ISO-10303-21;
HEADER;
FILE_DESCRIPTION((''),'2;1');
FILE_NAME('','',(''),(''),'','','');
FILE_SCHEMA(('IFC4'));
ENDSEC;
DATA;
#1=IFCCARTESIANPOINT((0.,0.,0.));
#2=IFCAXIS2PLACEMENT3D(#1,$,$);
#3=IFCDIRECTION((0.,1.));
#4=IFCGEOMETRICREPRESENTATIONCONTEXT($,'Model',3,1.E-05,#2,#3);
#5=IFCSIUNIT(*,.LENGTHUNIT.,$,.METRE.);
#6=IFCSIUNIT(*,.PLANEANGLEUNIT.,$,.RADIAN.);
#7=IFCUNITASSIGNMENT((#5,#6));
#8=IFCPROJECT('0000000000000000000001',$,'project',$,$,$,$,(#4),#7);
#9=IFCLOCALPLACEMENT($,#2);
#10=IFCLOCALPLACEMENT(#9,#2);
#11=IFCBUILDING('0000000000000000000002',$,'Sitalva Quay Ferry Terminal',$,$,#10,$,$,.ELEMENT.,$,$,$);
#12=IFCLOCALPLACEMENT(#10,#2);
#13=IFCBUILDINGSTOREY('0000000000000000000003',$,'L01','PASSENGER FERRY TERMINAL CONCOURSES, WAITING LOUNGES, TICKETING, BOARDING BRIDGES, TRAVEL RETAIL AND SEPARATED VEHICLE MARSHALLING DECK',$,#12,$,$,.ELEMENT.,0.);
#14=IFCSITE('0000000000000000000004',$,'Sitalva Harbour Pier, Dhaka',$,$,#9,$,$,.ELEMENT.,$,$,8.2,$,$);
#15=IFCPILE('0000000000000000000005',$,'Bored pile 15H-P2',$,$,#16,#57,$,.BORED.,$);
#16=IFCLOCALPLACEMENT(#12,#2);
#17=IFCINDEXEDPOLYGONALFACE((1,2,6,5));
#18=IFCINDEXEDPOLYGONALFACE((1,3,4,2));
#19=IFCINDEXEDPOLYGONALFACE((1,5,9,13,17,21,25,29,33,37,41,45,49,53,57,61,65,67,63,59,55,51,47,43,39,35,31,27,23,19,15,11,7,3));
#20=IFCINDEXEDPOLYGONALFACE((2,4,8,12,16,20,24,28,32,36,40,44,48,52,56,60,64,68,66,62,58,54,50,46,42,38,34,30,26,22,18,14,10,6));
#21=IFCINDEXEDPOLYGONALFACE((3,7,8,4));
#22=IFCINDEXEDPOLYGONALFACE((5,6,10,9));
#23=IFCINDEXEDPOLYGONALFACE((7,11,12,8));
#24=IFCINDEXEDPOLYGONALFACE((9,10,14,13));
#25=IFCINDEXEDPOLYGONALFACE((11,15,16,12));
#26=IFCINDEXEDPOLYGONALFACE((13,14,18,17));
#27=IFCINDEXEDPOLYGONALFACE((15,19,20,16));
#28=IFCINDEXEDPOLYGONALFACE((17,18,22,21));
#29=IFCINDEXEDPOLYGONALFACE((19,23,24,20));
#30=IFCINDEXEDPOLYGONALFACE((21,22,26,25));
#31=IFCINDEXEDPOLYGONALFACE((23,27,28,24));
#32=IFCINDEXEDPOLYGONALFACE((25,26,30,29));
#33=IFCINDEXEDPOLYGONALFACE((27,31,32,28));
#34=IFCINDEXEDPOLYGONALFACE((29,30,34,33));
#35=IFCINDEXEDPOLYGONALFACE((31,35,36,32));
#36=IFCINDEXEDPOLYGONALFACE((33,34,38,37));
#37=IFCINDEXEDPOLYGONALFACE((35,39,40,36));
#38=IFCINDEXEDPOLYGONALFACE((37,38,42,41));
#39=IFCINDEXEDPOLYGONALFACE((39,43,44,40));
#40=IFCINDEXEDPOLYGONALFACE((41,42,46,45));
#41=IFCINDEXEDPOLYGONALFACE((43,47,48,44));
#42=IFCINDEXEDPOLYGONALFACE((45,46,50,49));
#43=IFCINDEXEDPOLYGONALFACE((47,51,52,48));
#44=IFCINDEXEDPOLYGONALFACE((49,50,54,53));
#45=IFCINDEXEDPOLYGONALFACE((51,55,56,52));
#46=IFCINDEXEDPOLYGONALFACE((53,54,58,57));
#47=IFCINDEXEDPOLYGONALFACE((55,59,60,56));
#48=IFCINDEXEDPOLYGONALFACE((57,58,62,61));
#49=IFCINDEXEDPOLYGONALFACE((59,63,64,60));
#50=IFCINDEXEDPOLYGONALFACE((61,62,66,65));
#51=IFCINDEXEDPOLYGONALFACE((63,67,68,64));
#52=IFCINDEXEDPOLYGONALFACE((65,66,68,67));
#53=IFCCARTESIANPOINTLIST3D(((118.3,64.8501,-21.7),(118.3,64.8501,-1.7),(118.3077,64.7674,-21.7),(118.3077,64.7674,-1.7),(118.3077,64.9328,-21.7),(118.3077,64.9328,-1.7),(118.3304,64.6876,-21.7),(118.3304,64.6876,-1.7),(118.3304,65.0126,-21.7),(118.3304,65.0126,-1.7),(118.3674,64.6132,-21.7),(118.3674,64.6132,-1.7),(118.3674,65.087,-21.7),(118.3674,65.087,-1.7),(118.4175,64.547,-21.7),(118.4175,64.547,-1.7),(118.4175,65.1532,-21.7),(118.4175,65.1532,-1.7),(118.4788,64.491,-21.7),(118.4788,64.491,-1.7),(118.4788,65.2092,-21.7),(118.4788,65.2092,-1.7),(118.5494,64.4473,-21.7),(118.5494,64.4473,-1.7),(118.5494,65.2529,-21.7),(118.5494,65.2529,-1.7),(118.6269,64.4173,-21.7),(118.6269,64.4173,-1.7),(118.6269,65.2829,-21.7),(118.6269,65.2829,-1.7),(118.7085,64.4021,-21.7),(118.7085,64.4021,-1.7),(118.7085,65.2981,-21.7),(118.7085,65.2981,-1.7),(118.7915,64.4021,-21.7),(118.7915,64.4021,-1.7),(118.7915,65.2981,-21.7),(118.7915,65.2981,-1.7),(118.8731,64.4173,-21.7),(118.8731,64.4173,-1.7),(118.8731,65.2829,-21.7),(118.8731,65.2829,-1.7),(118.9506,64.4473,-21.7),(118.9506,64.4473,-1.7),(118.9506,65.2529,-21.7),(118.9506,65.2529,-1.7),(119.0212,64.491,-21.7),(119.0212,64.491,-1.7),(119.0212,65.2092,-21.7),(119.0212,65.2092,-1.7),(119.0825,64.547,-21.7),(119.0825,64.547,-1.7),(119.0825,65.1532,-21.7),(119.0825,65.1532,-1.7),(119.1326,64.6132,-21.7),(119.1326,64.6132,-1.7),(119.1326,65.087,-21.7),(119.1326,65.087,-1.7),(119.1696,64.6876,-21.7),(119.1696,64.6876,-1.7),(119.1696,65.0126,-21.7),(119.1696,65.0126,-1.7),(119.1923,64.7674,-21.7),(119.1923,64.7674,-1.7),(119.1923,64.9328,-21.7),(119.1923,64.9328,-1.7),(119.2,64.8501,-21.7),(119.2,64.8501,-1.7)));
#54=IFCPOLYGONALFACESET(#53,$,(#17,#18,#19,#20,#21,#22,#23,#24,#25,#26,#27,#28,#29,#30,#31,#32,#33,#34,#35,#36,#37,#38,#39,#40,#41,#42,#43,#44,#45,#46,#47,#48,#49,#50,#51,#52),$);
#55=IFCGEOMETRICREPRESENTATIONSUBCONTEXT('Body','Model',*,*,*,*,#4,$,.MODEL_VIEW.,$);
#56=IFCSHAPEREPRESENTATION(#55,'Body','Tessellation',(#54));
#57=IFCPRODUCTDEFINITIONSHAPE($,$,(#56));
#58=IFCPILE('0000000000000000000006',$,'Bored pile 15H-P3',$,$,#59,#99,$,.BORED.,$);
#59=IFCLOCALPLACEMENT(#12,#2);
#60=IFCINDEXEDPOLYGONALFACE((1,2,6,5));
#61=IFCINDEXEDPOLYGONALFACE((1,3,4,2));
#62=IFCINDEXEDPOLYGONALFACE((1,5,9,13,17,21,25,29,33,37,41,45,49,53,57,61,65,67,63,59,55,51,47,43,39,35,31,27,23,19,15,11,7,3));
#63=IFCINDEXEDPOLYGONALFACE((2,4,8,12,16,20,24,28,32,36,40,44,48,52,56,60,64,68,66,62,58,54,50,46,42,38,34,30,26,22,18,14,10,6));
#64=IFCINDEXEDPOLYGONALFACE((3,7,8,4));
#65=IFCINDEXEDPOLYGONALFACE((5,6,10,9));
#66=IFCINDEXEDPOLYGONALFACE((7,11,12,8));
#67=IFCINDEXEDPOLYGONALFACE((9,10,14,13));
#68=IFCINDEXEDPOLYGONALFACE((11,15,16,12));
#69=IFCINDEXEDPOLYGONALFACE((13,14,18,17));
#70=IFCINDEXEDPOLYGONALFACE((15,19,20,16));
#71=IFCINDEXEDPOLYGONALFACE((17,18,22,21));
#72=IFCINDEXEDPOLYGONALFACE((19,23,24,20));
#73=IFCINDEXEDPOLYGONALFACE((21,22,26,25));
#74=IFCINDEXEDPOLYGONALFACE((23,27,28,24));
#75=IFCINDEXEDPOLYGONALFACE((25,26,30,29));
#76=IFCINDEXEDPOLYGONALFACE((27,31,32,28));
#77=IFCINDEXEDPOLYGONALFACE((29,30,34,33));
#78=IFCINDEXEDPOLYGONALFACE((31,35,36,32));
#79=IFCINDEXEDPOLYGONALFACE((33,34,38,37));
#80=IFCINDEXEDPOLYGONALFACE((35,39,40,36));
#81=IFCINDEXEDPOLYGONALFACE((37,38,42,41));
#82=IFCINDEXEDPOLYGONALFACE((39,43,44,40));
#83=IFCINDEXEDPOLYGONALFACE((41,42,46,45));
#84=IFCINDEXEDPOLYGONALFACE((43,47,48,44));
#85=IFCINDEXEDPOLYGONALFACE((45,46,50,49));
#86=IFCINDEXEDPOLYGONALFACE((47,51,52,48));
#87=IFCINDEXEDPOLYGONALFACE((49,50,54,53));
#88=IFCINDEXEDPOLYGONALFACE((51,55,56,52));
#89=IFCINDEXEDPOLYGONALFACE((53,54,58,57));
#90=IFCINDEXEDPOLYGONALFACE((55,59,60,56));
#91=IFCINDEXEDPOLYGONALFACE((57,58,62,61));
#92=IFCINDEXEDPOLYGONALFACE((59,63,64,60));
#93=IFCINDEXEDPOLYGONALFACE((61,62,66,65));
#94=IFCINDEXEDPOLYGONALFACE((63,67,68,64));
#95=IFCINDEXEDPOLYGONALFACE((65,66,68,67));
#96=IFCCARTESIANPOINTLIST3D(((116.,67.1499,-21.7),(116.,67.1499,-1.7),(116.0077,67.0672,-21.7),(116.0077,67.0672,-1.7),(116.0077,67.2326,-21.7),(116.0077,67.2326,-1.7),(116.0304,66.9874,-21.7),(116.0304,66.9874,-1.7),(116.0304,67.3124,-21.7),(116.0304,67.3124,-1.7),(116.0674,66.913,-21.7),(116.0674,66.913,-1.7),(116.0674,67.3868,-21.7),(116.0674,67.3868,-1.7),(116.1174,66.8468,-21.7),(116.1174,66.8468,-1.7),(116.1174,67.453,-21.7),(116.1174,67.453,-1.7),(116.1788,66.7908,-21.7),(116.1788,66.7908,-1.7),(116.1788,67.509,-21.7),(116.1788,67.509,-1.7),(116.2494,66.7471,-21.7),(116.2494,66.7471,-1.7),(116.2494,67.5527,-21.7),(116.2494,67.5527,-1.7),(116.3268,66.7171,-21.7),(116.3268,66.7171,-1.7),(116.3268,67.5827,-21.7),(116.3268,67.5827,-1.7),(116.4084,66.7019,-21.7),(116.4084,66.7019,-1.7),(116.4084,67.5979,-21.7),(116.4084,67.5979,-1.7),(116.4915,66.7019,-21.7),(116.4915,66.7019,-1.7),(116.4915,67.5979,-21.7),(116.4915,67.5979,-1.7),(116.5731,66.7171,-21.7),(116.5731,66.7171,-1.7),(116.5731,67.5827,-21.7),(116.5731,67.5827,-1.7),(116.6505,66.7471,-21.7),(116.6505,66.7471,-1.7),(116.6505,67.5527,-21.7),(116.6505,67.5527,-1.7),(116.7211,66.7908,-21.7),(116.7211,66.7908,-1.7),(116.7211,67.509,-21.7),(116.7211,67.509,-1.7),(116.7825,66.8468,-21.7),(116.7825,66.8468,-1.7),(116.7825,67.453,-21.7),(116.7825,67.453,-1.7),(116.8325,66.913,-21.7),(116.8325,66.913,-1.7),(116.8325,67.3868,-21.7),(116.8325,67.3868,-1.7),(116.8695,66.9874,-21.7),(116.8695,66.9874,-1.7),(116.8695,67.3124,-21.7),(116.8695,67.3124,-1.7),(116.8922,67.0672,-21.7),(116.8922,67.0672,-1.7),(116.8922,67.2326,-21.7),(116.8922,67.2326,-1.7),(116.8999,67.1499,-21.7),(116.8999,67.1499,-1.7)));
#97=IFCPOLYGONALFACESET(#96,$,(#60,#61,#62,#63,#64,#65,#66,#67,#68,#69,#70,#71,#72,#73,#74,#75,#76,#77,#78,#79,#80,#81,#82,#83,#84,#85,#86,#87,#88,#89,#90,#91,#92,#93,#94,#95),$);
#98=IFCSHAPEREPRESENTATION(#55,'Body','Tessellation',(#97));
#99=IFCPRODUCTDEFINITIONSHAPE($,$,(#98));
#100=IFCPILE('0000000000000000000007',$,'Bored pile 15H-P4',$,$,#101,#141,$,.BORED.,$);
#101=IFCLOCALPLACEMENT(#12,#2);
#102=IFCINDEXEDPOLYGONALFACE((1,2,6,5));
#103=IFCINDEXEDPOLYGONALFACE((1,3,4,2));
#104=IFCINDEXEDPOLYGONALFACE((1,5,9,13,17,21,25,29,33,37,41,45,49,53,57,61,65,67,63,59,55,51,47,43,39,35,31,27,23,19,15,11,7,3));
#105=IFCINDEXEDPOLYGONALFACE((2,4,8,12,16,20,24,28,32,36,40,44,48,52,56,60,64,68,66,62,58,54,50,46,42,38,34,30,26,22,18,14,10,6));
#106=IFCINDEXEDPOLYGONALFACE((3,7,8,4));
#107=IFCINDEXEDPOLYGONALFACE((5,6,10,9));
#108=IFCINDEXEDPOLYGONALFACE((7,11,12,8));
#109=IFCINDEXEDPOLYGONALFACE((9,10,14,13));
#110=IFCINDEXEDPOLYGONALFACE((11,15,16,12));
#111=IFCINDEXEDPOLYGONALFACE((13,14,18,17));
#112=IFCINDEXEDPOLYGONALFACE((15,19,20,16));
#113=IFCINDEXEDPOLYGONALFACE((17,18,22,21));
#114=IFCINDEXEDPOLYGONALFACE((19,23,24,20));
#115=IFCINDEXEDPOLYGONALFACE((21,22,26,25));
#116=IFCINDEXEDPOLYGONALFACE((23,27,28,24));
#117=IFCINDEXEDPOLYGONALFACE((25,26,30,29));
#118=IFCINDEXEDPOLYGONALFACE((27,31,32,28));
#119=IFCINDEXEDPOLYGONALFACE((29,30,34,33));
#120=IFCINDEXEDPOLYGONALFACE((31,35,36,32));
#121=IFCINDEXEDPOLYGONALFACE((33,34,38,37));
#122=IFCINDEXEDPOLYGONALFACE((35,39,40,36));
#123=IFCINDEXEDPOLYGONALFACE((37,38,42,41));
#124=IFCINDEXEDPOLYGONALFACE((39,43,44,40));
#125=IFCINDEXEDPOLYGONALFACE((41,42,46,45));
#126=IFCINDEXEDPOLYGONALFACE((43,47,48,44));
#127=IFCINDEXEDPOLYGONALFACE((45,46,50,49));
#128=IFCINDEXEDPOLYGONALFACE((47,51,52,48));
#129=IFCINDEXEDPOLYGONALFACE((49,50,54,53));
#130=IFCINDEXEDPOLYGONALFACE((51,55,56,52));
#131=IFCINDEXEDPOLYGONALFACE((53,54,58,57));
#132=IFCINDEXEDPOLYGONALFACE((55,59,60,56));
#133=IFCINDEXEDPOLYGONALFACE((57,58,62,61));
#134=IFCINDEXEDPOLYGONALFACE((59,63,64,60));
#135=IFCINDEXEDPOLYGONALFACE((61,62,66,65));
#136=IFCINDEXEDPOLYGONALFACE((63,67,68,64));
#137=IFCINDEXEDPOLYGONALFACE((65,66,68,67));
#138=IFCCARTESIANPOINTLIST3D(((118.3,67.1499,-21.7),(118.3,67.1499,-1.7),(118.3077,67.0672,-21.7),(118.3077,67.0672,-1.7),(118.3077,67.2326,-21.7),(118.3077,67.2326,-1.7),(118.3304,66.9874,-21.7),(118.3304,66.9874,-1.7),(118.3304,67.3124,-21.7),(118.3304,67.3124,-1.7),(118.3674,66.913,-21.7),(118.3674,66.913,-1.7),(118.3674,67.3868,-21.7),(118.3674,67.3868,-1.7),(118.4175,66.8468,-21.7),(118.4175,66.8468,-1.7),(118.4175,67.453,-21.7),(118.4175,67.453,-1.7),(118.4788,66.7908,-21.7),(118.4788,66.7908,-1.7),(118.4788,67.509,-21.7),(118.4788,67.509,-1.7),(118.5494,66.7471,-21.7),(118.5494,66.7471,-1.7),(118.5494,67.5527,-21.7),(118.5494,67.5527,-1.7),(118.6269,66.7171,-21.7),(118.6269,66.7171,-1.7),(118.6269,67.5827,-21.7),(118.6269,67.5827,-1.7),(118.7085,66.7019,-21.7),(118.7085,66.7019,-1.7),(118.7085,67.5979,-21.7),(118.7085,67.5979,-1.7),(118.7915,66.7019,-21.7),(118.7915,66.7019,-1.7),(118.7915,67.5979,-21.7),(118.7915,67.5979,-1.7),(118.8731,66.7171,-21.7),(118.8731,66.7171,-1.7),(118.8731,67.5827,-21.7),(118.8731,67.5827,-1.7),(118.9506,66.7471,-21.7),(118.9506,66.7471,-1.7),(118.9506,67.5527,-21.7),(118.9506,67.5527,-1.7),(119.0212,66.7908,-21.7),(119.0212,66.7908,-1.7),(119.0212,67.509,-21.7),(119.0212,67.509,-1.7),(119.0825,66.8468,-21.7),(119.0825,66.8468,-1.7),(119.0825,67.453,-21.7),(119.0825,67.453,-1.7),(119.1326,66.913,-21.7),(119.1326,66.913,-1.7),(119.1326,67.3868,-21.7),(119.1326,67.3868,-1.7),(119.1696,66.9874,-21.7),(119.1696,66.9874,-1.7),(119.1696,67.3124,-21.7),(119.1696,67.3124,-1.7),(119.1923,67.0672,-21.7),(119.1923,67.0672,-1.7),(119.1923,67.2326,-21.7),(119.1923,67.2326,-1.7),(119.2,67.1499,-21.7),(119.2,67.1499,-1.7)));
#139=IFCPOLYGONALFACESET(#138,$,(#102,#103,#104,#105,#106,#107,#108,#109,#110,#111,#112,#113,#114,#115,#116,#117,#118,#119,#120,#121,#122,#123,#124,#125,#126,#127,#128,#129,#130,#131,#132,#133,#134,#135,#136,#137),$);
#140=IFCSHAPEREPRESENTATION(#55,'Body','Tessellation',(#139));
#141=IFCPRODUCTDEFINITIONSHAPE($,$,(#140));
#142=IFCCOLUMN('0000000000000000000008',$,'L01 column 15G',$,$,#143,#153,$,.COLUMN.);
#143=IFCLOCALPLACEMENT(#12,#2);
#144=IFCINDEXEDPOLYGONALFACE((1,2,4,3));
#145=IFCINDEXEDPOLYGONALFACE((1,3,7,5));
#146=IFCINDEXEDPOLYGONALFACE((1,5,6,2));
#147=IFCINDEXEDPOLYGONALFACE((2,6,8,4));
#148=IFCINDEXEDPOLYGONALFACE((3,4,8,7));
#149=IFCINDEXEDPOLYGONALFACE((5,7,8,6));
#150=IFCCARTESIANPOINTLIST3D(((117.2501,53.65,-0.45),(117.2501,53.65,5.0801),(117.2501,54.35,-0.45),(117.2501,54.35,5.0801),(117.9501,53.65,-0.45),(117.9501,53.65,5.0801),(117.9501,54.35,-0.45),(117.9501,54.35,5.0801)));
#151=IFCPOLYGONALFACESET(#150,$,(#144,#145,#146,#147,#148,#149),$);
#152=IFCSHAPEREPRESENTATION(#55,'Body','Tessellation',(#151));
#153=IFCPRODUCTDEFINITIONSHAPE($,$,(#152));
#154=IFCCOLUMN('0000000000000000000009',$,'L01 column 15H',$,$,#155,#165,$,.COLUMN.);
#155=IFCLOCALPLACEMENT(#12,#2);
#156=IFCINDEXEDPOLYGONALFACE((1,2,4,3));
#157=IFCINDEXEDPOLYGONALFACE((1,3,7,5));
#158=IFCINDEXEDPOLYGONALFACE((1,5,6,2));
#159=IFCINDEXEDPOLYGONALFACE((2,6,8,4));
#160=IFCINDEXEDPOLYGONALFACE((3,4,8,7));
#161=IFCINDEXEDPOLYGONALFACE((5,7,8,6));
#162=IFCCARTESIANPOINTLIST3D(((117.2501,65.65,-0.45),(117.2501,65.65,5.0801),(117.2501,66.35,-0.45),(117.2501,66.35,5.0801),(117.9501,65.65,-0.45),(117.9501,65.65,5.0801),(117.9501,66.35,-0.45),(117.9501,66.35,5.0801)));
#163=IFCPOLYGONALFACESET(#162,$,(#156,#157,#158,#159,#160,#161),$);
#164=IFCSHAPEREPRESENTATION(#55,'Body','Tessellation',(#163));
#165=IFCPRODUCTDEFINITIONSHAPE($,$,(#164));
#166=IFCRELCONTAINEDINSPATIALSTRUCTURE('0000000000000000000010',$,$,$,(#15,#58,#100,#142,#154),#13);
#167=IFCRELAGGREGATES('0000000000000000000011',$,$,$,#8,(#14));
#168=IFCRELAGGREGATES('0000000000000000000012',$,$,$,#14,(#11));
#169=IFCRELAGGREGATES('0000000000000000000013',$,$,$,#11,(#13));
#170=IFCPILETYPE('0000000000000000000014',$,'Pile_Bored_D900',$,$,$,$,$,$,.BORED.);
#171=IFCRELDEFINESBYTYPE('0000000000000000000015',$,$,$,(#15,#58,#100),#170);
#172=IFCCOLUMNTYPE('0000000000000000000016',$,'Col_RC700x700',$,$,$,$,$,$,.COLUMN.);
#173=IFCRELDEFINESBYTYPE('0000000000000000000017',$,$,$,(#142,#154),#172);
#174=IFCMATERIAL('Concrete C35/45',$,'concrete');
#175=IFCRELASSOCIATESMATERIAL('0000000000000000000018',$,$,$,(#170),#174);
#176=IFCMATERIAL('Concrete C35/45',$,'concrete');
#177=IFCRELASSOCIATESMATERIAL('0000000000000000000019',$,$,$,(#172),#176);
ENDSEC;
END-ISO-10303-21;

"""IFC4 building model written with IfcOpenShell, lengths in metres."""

from ifc_helpers import new_model, si_unit, direction, frame, origin, origin_2d, place, context, subcontext, project, spatial, rectangle, circle, extrude, material, material_profile, profile_set, type_object, element, save


model = new_model("IFC4")

# Units and contexts
model_context = context("Model", 3, precision=1e-05, world=origin(), true_north=direction((0.0, 1.0)))
body_context = subcontext(model_context, "Body", "Model", "MODEL_VIEW")
ifc_project = project(units=[si_unit("LENGTHUNIT", "METRE"), si_unit("PLANEANGLEUNIT", "RADIAN")], contexts=[model_context])

# Site, building, storey
site_placement = place(None, origin())
site = spatial("IfcSite", under=ifc_project, at=site_placement, Name="Sitalva Harbour Pier, Dhaka", CompositionType="ELEMENT", RefElevation=8.2)
building_placement = place(site_placement, origin())
building = spatial("IfcBuilding", under=site, at=building_placement, Name="Sitalva Quay Ferry Terminal", CompositionType="ELEMENT")
storey_placement = place(building_placement, origin())
storey = spatial("IfcBuildingStorey", under=building, at=storey_placement, Name="L01", Description="PASSENGER FERRY TERMINAL CONCOURSES, WAITING LOUNGES, TICKETING, BOARDING BRIDGES, TRAVEL RETAIL AND SEPARATED VEHICLE MARSHALLING DECK", CompositionType="ELEMENT", Elevation=0.0)

# Piles
ifc_material_1 = material(Name="Concrete C35/45", Category="concrete")
ifc_material_profile_1 = material_profile(ifc_material_1, circle(Radius=0.45, at=origin_2d()), Name="PILE-D900")
ifc_profile_set_1 = profile_set([ifc_material_profile_1], Name="Concrete C35/45")
pile_type = type_object("IfcPileType", Name="Pile_Bored_D900", PredefinedType="BORED", material=ifc_profile_set_1)
for number, where, z_axis, x_axis, name in (
    (1, (118.75, 64.8501, -1.7), (0.0, 0.0, -1.0), (1.0, 0.0, 0.0), "Bored pile 15H-P2"),
    (2, (116.45, 67.1499, -1.7), (0.0, 0.0, -1.0), (1.0, 0.0, 0.0), "Bored pile 15H-P3"),
    (3, (118.75, 67.1499, -1.7), (0.0, 0.0, -1.0), (1.0, 0.0, 0.0), "Bored pile 15H-P4"),
):
    element("IfcPile", number, at=place(storey_placement, frame(where, z_axis=z_axis, x_axis=x_axis)), inside=storey, type_object=pile_type, Name=name, PredefinedType="BORED", context=body_context, shape_type="SweptSolid", body=[
        extrude(circle(Radius=0.45, at=origin_2d()), origin(), (0.0, 0.0, 1.0), 20.0),
    ])

# Columns
ifc_material_2 = material(Name="Concrete C35/45", Category="concrete")
ifc_material_profile_2 = material_profile(ifc_material_2, rectangle(XDim=0.7, YDim=0.7, at=origin_2d()), Name="RC700x700")
ifc_profile_set_2 = profile_set([ifc_material_profile_2], Name="Concrete C35/45")
column_type = type_object("IfcColumnType", Name="Col_RC700x700", PredefinedType="COLUMN", material=ifc_profile_set_2)
for number, where, z_axis, x_axis, name in (
    (4, (117.6001, 54.0, -0.45), (0.0, 0.0, 1.0), (1.0, 0.0, 0.0), "L01 column 15G"),
    (5, (117.6001, 66.0, -0.45), (0.0, 0.0, 1.0), (1.0, 0.0, 0.0), "L01 column 15H"),
):
    element("IfcColumn", number, at=place(storey_placement, frame(where, z_axis=z_axis, x_axis=x_axis)), inside=storey, type_object=column_type, Name=name, PredefinedType="COLUMN", context=body_context, shape_type="SweptSolid", body=[
        extrude(rectangle(XDim=0.7, YDim=0.7, at=origin_2d()), origin(), (0.0, 0.0, 1.0), 5.53),
    ])

save(model, "model.ifc")
